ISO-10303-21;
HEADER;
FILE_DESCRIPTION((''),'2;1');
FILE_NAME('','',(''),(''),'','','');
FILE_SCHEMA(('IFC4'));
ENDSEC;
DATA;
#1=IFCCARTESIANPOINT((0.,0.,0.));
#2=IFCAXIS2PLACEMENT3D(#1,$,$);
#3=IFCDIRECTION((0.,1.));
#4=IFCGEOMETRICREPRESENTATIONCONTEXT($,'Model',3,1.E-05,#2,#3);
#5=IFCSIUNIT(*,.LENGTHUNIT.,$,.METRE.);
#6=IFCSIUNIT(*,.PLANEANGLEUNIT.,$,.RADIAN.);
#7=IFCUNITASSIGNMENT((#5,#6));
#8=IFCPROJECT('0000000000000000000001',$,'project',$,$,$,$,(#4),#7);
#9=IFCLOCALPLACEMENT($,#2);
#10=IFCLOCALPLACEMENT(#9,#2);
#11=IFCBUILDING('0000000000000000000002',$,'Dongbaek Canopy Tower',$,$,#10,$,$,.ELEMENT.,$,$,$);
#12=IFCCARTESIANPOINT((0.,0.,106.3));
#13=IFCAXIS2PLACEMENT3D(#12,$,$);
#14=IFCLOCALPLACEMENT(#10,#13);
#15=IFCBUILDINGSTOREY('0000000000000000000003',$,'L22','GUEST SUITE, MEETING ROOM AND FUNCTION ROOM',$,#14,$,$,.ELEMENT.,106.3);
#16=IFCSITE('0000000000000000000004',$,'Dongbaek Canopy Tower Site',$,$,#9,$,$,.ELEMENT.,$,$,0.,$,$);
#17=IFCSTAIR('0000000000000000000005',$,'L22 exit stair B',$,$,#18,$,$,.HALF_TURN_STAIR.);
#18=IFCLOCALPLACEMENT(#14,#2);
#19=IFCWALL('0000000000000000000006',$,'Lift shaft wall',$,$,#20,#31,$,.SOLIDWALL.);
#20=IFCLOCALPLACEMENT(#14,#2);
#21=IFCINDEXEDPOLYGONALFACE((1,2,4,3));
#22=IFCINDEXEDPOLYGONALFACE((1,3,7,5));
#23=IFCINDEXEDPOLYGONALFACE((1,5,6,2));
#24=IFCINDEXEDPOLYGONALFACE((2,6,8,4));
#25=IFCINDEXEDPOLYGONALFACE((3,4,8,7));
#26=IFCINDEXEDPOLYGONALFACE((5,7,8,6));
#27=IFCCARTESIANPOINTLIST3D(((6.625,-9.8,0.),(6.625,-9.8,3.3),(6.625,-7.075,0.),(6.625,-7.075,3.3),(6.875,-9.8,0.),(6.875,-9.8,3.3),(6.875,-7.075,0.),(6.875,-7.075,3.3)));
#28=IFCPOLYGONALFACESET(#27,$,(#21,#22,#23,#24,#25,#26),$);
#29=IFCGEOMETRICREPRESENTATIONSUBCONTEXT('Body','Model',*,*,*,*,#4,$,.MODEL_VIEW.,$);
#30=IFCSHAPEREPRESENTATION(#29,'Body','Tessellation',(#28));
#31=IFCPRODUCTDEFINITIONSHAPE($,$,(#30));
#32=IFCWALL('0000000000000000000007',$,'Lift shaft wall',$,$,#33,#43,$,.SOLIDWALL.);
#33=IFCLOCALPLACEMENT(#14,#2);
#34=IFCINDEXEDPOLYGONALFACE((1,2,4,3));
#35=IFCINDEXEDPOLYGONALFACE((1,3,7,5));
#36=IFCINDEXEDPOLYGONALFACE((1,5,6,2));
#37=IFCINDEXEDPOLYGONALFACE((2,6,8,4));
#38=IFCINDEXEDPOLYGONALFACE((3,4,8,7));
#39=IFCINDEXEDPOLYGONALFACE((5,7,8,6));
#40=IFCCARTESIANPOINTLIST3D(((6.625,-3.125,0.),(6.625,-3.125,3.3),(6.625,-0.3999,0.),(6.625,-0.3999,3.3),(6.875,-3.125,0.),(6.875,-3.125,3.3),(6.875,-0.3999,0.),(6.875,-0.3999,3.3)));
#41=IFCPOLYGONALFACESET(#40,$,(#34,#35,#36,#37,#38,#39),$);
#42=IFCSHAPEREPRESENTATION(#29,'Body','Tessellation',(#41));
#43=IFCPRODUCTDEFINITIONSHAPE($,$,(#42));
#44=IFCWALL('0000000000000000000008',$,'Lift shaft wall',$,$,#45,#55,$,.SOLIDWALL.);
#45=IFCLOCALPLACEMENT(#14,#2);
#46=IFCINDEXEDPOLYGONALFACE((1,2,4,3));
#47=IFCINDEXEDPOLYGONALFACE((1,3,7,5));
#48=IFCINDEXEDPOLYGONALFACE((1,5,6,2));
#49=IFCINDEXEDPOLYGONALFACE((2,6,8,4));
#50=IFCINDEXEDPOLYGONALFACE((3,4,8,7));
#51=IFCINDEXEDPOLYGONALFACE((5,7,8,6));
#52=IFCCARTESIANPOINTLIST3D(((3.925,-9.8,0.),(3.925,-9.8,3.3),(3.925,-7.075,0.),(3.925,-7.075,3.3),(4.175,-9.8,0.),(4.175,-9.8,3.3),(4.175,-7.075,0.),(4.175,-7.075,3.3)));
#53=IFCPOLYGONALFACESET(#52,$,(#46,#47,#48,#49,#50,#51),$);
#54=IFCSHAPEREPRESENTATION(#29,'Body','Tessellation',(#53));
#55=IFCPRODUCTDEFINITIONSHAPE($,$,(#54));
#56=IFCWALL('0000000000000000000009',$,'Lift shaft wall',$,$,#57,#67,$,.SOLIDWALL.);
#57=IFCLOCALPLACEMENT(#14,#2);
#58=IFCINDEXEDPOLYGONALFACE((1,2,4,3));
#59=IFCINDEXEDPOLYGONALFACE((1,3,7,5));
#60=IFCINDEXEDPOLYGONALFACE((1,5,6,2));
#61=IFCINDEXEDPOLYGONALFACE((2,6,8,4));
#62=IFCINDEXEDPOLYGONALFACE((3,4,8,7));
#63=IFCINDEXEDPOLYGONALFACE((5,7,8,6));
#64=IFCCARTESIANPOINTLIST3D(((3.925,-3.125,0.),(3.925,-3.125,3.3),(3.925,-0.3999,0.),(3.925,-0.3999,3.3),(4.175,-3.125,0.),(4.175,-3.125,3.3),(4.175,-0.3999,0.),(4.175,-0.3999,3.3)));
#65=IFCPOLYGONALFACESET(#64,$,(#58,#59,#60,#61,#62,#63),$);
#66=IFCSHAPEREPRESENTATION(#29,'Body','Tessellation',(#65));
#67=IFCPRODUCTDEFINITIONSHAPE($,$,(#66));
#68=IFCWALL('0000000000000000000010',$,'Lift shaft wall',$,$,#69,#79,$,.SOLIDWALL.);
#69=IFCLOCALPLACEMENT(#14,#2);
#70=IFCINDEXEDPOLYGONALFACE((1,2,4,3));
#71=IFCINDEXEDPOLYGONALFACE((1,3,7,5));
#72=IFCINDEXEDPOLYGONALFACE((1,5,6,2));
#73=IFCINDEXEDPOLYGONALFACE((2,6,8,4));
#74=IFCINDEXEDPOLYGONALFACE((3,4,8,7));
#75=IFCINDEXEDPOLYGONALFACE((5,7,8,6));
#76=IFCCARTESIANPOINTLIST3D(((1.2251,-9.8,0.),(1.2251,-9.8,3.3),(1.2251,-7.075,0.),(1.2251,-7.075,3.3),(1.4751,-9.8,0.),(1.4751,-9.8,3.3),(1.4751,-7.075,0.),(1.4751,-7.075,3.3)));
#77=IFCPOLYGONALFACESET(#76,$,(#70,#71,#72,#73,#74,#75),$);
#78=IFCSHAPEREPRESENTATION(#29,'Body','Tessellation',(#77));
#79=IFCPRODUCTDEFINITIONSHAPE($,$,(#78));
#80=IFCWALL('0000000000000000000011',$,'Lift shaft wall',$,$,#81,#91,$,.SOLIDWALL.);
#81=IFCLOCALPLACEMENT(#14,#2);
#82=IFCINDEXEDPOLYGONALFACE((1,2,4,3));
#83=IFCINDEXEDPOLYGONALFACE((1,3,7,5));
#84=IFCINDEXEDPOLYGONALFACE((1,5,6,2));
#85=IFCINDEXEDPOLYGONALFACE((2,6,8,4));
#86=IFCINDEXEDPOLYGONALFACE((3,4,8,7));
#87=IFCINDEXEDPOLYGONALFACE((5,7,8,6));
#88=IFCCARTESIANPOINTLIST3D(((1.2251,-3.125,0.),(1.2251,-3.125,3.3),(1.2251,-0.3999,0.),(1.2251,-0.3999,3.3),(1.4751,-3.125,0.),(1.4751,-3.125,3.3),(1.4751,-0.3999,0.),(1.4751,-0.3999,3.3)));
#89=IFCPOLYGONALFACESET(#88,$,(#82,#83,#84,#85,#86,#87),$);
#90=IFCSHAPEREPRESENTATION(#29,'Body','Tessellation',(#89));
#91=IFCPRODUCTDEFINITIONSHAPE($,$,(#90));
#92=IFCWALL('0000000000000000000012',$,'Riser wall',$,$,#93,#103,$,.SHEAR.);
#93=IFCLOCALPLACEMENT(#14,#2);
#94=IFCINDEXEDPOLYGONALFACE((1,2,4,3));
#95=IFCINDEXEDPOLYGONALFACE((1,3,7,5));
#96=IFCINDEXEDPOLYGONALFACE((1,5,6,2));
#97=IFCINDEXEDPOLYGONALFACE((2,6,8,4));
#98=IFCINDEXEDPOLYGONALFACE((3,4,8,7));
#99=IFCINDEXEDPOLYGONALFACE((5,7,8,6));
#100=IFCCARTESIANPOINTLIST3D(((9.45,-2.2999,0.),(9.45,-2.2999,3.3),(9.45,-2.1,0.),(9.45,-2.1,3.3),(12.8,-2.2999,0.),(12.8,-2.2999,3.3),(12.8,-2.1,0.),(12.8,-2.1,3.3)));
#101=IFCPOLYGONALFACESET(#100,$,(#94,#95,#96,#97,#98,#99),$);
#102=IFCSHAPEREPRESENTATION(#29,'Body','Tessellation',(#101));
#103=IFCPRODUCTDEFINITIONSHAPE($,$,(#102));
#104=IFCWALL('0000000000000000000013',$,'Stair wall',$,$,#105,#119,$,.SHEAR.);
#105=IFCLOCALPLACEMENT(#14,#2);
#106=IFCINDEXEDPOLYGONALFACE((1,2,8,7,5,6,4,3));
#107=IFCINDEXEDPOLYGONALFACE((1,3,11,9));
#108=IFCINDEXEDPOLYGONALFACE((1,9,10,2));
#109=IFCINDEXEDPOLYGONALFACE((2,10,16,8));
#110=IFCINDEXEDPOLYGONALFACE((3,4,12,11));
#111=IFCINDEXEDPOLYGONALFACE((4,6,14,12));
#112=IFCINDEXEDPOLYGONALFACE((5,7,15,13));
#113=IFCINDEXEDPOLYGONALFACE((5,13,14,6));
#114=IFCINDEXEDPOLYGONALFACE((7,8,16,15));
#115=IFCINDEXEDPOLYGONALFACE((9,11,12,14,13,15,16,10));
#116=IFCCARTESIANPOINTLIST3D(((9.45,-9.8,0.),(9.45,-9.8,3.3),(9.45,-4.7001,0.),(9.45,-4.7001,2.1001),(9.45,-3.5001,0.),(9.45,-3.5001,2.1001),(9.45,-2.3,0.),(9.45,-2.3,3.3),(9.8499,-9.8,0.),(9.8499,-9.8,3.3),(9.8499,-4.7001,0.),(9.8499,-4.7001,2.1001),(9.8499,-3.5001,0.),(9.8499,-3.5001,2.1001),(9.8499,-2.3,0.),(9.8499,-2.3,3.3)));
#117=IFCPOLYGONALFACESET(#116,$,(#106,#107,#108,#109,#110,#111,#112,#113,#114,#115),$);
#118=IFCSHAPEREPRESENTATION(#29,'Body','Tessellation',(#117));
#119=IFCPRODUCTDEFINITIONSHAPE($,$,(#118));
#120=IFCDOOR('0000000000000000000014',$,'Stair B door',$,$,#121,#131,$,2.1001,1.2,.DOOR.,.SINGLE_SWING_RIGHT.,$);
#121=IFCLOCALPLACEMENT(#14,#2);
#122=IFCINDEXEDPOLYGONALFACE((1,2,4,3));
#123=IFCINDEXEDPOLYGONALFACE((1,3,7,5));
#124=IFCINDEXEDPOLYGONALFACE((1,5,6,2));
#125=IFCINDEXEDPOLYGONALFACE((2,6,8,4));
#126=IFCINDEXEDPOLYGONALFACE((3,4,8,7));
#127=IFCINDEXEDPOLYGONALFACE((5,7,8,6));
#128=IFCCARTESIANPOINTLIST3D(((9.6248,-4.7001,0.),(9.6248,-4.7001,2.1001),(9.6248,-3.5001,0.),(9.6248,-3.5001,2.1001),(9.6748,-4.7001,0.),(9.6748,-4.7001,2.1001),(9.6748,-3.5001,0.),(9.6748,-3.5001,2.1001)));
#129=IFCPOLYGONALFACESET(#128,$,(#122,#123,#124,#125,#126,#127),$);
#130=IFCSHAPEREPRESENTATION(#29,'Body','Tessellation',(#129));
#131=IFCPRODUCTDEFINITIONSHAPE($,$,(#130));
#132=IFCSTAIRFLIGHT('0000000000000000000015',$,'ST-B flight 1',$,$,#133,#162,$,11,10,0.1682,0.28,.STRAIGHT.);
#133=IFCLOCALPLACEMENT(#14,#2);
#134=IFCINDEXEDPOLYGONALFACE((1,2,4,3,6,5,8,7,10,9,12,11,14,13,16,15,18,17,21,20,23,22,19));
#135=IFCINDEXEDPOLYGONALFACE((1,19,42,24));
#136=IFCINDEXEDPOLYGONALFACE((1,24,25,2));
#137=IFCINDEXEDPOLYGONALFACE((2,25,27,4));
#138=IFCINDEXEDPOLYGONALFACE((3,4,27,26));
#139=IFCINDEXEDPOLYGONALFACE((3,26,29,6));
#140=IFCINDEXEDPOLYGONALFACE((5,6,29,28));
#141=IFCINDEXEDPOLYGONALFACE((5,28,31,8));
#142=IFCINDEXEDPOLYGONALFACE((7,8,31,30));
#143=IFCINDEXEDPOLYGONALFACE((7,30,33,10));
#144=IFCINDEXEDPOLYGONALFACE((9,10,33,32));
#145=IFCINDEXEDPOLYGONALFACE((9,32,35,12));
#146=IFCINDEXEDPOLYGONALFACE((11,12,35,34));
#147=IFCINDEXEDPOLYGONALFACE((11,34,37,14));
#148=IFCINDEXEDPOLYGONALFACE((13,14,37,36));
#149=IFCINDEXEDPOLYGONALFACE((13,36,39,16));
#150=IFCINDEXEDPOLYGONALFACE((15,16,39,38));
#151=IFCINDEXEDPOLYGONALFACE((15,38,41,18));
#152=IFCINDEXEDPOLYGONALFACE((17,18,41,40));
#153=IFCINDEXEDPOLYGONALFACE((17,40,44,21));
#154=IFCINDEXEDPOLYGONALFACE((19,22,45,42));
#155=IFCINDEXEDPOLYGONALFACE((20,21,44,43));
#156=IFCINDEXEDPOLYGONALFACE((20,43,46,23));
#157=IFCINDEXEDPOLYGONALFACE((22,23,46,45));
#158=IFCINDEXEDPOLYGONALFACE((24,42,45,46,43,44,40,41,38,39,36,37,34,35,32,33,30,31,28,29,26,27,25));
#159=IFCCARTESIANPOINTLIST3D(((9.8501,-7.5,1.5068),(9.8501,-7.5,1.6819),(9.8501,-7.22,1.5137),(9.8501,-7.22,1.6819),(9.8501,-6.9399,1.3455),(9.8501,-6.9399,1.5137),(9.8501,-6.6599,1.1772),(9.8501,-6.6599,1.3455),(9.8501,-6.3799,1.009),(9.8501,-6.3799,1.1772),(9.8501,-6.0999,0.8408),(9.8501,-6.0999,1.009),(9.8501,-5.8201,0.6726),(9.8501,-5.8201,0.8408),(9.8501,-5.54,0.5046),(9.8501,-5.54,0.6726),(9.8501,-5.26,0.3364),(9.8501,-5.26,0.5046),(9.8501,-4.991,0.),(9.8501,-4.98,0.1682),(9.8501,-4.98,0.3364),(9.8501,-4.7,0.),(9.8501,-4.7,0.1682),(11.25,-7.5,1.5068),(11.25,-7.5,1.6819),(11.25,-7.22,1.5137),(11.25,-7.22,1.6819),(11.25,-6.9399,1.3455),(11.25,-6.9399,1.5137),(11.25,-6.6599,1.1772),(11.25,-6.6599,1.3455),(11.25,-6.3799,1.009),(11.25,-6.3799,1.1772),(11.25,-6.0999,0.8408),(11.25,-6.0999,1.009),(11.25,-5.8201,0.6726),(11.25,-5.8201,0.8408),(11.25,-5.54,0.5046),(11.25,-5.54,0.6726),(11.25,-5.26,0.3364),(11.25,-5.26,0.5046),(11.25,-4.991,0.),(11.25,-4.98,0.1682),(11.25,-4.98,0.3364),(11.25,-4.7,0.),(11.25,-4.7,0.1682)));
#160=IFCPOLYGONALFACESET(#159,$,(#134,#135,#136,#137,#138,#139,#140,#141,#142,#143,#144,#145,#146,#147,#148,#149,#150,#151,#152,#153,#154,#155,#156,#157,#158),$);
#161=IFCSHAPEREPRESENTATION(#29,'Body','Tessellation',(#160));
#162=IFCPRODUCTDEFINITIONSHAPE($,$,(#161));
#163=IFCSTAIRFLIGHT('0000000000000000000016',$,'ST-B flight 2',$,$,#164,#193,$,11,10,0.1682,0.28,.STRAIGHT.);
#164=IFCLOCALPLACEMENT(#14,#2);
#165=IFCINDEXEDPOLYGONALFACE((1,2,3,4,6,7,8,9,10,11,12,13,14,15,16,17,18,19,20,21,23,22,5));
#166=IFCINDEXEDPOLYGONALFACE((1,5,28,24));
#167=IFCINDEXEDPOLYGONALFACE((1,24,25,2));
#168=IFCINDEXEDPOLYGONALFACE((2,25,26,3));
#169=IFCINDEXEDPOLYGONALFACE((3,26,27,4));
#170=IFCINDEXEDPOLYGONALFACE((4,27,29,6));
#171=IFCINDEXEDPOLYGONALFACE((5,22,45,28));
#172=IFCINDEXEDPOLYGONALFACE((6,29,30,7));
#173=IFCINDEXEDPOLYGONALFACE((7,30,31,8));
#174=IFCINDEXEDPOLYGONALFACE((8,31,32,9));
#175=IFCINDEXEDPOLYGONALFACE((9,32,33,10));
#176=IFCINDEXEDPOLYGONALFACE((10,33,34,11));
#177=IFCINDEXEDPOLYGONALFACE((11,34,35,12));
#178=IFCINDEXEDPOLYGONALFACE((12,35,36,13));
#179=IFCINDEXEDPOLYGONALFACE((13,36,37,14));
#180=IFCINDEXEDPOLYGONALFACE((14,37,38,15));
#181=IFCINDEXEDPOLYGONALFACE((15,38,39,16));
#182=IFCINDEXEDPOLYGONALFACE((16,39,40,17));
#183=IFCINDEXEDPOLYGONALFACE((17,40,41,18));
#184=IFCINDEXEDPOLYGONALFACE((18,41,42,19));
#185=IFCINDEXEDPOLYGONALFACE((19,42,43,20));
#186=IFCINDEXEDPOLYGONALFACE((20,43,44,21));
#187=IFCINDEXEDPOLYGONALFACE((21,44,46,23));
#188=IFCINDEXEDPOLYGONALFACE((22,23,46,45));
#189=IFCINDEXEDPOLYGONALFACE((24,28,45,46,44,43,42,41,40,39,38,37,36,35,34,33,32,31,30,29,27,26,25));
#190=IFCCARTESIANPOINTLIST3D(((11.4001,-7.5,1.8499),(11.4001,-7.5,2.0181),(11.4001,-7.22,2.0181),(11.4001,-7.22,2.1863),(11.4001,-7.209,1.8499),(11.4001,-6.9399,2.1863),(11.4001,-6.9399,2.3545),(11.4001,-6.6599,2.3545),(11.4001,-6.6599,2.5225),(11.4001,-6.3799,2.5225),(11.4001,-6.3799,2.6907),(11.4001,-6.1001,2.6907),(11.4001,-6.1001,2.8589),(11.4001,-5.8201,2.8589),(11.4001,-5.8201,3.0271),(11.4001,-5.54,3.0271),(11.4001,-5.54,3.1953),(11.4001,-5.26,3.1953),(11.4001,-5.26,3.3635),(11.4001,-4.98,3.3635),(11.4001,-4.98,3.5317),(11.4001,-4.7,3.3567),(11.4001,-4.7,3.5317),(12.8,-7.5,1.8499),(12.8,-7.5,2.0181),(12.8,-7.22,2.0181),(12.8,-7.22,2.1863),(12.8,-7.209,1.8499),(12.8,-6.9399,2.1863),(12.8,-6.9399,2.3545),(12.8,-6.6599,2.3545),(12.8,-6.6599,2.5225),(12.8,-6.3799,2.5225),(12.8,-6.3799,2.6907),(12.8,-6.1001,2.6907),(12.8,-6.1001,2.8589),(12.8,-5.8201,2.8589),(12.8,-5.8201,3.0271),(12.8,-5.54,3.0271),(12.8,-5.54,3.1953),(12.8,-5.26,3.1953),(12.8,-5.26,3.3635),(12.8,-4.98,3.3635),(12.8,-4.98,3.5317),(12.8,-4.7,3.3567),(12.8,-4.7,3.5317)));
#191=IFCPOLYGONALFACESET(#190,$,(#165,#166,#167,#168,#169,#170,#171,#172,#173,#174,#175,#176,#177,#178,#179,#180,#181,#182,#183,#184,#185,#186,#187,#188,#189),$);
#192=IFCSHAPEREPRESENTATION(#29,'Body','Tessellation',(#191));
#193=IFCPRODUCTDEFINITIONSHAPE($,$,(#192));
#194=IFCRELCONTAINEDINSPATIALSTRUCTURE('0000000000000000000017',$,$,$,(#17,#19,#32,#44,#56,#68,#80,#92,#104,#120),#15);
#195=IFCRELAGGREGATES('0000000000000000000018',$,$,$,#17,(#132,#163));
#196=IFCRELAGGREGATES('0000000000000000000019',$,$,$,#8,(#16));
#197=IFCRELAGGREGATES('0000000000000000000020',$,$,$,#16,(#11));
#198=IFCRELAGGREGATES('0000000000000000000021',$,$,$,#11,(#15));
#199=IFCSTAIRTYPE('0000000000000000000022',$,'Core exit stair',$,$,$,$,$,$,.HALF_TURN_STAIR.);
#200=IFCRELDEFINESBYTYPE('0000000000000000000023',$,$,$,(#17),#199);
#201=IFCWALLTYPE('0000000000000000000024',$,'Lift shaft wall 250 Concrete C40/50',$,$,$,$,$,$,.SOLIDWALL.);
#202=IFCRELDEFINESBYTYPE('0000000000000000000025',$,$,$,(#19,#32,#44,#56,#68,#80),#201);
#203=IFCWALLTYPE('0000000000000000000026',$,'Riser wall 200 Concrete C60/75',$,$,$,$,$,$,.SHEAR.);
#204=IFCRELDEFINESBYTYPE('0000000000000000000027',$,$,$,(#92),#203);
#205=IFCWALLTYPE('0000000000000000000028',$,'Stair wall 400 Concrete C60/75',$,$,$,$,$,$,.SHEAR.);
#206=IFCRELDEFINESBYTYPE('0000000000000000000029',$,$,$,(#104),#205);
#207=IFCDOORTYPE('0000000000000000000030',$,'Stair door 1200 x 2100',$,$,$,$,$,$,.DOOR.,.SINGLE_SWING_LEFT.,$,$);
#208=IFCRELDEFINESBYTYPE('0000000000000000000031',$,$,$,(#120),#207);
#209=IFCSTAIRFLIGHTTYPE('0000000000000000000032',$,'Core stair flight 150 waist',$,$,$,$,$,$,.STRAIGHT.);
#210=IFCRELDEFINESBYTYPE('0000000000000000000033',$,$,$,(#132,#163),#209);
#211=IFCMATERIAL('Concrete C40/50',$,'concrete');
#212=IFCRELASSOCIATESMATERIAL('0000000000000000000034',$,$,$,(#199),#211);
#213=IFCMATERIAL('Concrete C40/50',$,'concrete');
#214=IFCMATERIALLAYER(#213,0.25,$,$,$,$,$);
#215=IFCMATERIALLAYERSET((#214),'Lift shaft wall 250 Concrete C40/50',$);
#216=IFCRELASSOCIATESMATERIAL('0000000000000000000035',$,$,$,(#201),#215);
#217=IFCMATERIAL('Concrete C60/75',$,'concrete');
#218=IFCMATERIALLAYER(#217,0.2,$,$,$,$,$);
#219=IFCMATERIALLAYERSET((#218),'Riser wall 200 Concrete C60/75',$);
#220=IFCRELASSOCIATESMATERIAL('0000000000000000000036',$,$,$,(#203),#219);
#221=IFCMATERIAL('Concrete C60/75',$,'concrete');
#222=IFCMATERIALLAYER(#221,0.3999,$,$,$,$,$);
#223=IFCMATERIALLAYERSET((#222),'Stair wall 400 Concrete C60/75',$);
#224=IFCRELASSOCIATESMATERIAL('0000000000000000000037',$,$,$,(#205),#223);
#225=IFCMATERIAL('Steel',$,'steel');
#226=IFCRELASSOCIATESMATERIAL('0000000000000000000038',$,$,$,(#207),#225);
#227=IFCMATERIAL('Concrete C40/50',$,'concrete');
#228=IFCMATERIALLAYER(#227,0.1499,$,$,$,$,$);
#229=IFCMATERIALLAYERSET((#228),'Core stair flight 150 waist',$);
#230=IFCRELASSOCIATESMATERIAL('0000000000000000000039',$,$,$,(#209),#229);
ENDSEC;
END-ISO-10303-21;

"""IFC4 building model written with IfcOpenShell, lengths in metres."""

from ifc_helpers import new_model, si_unit, direction, frame, frame_2d, origin, place, context, subcontext, project, spatial, polyline, rectangle, outline, extrude, material, layer, layer_set, type_object, element, fill, aggregate, save


model = new_model("IFC4")

# Units and contexts
model_context = context("Model", 3, precision=1e-05, world=origin(), true_north=direction((0.0, 1.0)))
body_context = subcontext(model_context, "Body", "Model", "MODEL_VIEW")
ifc_project = project(units=[si_unit("LENGTHUNIT", "METRE"), si_unit("PLANEANGLEUNIT", "RADIAN")], contexts=[model_context])

# Site, building, storey
site_placement = place(None, origin())
site = spatial("IfcSite", under=ifc_project, at=site_placement, Name="Dongbaek Canopy Tower Site", CompositionType="ELEMENT", RefElevation=0.0)
building_placement = place(site_placement, origin())
building = spatial("IfcBuilding", under=site, at=building_placement, Name="Dongbaek Canopy Tower", CompositionType="ELEMENT")
storey_placement = place(building_placement, frame((0.0, 0.0, 106.3)))
storey = spatial("IfcBuildingStorey", under=building, at=storey_placement, Name="L22", Description="GUEST SUITE, MEETING ROOM AND FUNCTION ROOM", CompositionType="ELEMENT", Elevation=106.3)

# Stair
ifc_material_1 = material(Name="Concrete C40/50", Category="concrete")
stair_type = type_object("IfcStairType", Name="Core exit stair", PredefinedType="HALF_TURN_STAIR", material=ifc_material_1)
stair_1_placement = place(storey_placement, origin())
stair_1 = element("IfcStair", 1, at=stair_1_placement, inside=storey, type_object=stair_type, Name="L22 exit stair B", PredefinedType="HALF_TURN_STAIR")

# Walls
ifc_material_2 = material(Name="Concrete C40/50", Category="concrete")
ifc_layer_1 = layer(ifc_material_2, 0.25)
ifc_layer_set_1 = layer_set([ifc_layer_1], Name="Lift shaft wall 250 Concrete C40/50")
wall_type_1 = type_object("IfcWallType", Name="Lift shaft wall 250 Concrete C40/50", PredefinedType="SOLIDWALL", material=ifc_layer_set_1)
for number, where, z_axis, x_axis, name in (
    (2, (6.75, -9.8, 0.0), (0.0, 0.0, 1.0), (0.0, 1.0, 0.0), "Lift shaft wall"),
    (3, (6.75, -3.125, 0.0), (0.0, 0.0, 1.0), (0.0, 1.0, 0.0), "Lift shaft wall"),
    (4, (4.05, -9.8, 0.0), (0.0, 0.0, 1.0), (0.0, 1.0, 0.0), "Lift shaft wall"),
    (5, (4.05, -3.125, 0.0), (0.0, 0.0, 1.0), (0.0, 1.0, 0.0), "Lift shaft wall"),
    (6, (1.3501, -9.8, 0.0), (0.0, 0.0, 1.0), (0.0, 1.0, 0.0), "Lift shaft wall"),
    (7, (1.3501, -3.125, 0.0), (0.0, 0.0, 1.0), (0.0, 1.0, 0.0), "Lift shaft wall"),
):
    element("IfcWall", number, at=place(storey_placement, frame(where, z_axis=z_axis, x_axis=x_axis)), inside=storey, type_object=wall_type_1, Name=name, PredefinedType="SOLIDWALL", context=body_context, shape_type="SweptSolid", body=[
        extrude(rectangle(XDim=2.7251, YDim=0.25, at=frame_2d((1.3625, 0.0))), origin(), (0.0, 0.0, 1.0), 3.3),
    ])
ifc_material_3 = material(Name="Concrete C60/75", Category="concrete")
ifc_layer_2 = layer(ifc_material_3, 0.2)
ifc_layer_set_2 = layer_set([ifc_layer_2], Name="Riser wall 200 Concrete C60/75")
wall_type_2 = type_object("IfcWallType", Name="Riser wall 200 Concrete C60/75", PredefinedType="SHEAR", material=ifc_layer_set_2)
wall_1_placement = place(storey_placement, frame((9.45, -2.2, 0.0), z_axis=(0.0, 0.0, 1.0), x_axis=(1.0, 0.0, 0.0)))
element("IfcWall", 8, at=wall_1_placement, inside=storey, type_object=wall_type_2, Name="Riser wall", PredefinedType="SHEAR", context=body_context, shape_type="SweptSolid", body=[
    extrude(rectangle(XDim=3.3501, YDim=0.2, at=frame_2d((1.675, 0.0))), origin(), (0.0, 0.0, 1.0), 3.3),
])

# Wall, opening, door
ifc_material_4 = material(Name="Concrete C60/75", Category="concrete")
ifc_layer_3 = layer(ifc_material_4, 0.3999)
ifc_layer_set_3 = layer_set([ifc_layer_3], Name="Stair wall 400 Concrete C60/75")
wall_type_3 = type_object("IfcWallType", Name="Stair wall 400 Concrete C60/75", PredefinedType="SHEAR", material=ifc_layer_set_3)
wall_2_placement = place(storey_placement, frame((9.6499, -2.3, 0.0), z_axis=(0.0, 0.0, 1.0), x_axis=(0.0, -1.0, 0.0)))
wall_2 = element("IfcWall", 9, at=wall_2_placement, inside=storey, type_object=wall_type_3, Name="Stair wall", PredefinedType="SHEAR", context=body_context, shape_type="SweptSolid", body=[
    extrude(rectangle(XDim=7.5, YDim=0.3999, at=frame_2d((3.75, 0.0))), origin(), (0.0, 0.0, 1.0), 3.3),
])
opening_1_placement = place(wall_2_placement, frame((1.2, 0.0, 0.0)))
opening_1 = element("IfcOpeningElement", 10, at=opening_1_placement, cuts=wall_2, PredefinedType="OPENING", context=body_context, shape_type="SweptSolid", body=[
    extrude(rectangle(XDim=1.2, YDim=2.1001, at=frame_2d((0.6001, 1.05))), frame((0.0, 0.21, 0.0), z_axis=(0.0, -1.0, 0.0), x_axis=(1.0, 0.0, 0.0)), (0.0, 0.0, 1.0), 0.4199),
])
ifc_material_5 = material(Name="Steel", Category="steel")
door_type_1 = type_object("IfcDoorType", Name="Stair door 1200 x 2100", OperationType="SINGLE_SWING_LEFT", PredefinedType="DOOR", material=ifc_material_5)
door_1_placement = place(opening_1_placement, origin())
door_1 = element("IfcDoor", 11, at=door_1_placement, inside=storey, type_object=door_type_1, Name="Stair B door", OperationType="SINGLE_SWING_RIGHT", OverallHeight=2.1001, OverallWidth=1.2, PredefinedType="DOOR", context=body_context, shape_type="SweptSolid", body=[
    extrude(rectangle(XDim=1.2, YDim=2.1001, at=frame_2d((0.6001, 1.05))), frame((0.0, 0.0249, 0.0), z_axis=(0.0, -1.0, 0.0), x_axis=(1.0, 0.0, 0.0)), (0.0, 0.0, 1.0), 0.05),
])
fill(opening_1, door_1)

# Stair flights
ifc_material_6 = material(Name="Concrete C40/50", Category="concrete")
ifc_layer_4 = layer(ifc_material_6, 0.1499)
ifc_layer_set_4 = layer_set([ifc_layer_4], Name="Core stair flight 150 waist")
stair_flight_type = type_object("IfcStairFlightType", Name="Core stair flight 150 waist", PredefinedType="STRAIGHT", material=ifc_layer_set_4)
stair_flight_1_placement = place(storey_placement, frame((10.55, -4.7, 0.0), z_axis=(0.0, 0.0, 1.0), x_axis=(0.0, -1.0, 0.0)))
stair_flight_1 = element("IfcStairFlight", 12, at=stair_flight_1_placement, type_object=stair_flight_type, Name="ST-B flight 1", NumberOfRisers=11, NumberOfTreads=10, PredefinedType="STRAIGHT", RiserHeight=0.1682, TreadLength=0.28, context=body_context, shape_type="SweptSolid", body=[
    extrude(outline(polyline([(0.0, 0.0), (0.0, 0.1682), (0.28, 0.1682), (0.28, 0.3364), (0.5601, 0.3364), (0.5601, 0.5046), (0.8401, 0.5046), (0.8401, 0.6726), (1.1201, 0.6726), (1.1201, 0.8408), (1.3999, 0.8408), (1.3999, 1.009), (1.6799, 1.009), (1.6799, 1.1772), (1.96, 1.1772), (1.96, 1.3455), (2.24, 1.3455), (2.24, 1.5137), (2.52, 1.5137), (2.52, 1.6819), (2.8, 1.6819), (2.8, 1.8501), (2.8, 1.5068), (0.291, 0.0), (0.0, 0.0)])), frame((0.0, 0.7, 0.0), z_axis=(0.0, -1.0, 0.0), x_axis=(1.0, 0.0, 0.0)), (0.0, 0.0, 1.0), 1.3999),
])
stair_flight_2_placement = place(storey_placement, frame((12.1001, -7.5, 1.8499), z_axis=(0.0, 0.0, 1.0), x_axis=(0.0, 1.0, 0.0)))
stair_flight_2 = element("IfcStairFlight", 13, at=stair_flight_2_placement, type_object=stair_flight_type, Name="ST-B flight 2", NumberOfRisers=11, NumberOfTreads=10, PredefinedType="STRAIGHT", RiserHeight=0.1682, TreadLength=0.28, context=body_context, shape_type="SweptSolid", body=[
    extrude(outline(polyline([(0.0, 0.0), (0.0, 0.1682), (0.28, 0.1682), (0.28, 0.3364), (0.5601, 0.3364), (0.5601, 0.5046), (0.8401, 0.5046), (0.8401, 0.6726), (1.1201, 0.6726), (1.1201, 0.8408), (1.3999, 0.8408), (1.3999, 1.009), (1.6799, 1.009), (1.6799, 1.1772), (1.96, 1.1772), (1.96, 1.3455), (2.24, 1.3455), (2.24, 1.5137), (2.52, 1.5137), (2.52, 1.6819), (2.8, 1.6819), (2.8, 1.8501), (2.8, 1.5068), (0.291, 0.0), (0.0, 0.0)])), frame((0.0, 0.7, 0.0), z_axis=(0.0, -1.0, 0.0), x_axis=(1.0, 0.0, 0.0)), (0.0, 0.0, 1.0), 1.3999),
])
aggregate(stair_1, [stair_flight_1, stair_flight_2])

save(model, "model.ifc")
